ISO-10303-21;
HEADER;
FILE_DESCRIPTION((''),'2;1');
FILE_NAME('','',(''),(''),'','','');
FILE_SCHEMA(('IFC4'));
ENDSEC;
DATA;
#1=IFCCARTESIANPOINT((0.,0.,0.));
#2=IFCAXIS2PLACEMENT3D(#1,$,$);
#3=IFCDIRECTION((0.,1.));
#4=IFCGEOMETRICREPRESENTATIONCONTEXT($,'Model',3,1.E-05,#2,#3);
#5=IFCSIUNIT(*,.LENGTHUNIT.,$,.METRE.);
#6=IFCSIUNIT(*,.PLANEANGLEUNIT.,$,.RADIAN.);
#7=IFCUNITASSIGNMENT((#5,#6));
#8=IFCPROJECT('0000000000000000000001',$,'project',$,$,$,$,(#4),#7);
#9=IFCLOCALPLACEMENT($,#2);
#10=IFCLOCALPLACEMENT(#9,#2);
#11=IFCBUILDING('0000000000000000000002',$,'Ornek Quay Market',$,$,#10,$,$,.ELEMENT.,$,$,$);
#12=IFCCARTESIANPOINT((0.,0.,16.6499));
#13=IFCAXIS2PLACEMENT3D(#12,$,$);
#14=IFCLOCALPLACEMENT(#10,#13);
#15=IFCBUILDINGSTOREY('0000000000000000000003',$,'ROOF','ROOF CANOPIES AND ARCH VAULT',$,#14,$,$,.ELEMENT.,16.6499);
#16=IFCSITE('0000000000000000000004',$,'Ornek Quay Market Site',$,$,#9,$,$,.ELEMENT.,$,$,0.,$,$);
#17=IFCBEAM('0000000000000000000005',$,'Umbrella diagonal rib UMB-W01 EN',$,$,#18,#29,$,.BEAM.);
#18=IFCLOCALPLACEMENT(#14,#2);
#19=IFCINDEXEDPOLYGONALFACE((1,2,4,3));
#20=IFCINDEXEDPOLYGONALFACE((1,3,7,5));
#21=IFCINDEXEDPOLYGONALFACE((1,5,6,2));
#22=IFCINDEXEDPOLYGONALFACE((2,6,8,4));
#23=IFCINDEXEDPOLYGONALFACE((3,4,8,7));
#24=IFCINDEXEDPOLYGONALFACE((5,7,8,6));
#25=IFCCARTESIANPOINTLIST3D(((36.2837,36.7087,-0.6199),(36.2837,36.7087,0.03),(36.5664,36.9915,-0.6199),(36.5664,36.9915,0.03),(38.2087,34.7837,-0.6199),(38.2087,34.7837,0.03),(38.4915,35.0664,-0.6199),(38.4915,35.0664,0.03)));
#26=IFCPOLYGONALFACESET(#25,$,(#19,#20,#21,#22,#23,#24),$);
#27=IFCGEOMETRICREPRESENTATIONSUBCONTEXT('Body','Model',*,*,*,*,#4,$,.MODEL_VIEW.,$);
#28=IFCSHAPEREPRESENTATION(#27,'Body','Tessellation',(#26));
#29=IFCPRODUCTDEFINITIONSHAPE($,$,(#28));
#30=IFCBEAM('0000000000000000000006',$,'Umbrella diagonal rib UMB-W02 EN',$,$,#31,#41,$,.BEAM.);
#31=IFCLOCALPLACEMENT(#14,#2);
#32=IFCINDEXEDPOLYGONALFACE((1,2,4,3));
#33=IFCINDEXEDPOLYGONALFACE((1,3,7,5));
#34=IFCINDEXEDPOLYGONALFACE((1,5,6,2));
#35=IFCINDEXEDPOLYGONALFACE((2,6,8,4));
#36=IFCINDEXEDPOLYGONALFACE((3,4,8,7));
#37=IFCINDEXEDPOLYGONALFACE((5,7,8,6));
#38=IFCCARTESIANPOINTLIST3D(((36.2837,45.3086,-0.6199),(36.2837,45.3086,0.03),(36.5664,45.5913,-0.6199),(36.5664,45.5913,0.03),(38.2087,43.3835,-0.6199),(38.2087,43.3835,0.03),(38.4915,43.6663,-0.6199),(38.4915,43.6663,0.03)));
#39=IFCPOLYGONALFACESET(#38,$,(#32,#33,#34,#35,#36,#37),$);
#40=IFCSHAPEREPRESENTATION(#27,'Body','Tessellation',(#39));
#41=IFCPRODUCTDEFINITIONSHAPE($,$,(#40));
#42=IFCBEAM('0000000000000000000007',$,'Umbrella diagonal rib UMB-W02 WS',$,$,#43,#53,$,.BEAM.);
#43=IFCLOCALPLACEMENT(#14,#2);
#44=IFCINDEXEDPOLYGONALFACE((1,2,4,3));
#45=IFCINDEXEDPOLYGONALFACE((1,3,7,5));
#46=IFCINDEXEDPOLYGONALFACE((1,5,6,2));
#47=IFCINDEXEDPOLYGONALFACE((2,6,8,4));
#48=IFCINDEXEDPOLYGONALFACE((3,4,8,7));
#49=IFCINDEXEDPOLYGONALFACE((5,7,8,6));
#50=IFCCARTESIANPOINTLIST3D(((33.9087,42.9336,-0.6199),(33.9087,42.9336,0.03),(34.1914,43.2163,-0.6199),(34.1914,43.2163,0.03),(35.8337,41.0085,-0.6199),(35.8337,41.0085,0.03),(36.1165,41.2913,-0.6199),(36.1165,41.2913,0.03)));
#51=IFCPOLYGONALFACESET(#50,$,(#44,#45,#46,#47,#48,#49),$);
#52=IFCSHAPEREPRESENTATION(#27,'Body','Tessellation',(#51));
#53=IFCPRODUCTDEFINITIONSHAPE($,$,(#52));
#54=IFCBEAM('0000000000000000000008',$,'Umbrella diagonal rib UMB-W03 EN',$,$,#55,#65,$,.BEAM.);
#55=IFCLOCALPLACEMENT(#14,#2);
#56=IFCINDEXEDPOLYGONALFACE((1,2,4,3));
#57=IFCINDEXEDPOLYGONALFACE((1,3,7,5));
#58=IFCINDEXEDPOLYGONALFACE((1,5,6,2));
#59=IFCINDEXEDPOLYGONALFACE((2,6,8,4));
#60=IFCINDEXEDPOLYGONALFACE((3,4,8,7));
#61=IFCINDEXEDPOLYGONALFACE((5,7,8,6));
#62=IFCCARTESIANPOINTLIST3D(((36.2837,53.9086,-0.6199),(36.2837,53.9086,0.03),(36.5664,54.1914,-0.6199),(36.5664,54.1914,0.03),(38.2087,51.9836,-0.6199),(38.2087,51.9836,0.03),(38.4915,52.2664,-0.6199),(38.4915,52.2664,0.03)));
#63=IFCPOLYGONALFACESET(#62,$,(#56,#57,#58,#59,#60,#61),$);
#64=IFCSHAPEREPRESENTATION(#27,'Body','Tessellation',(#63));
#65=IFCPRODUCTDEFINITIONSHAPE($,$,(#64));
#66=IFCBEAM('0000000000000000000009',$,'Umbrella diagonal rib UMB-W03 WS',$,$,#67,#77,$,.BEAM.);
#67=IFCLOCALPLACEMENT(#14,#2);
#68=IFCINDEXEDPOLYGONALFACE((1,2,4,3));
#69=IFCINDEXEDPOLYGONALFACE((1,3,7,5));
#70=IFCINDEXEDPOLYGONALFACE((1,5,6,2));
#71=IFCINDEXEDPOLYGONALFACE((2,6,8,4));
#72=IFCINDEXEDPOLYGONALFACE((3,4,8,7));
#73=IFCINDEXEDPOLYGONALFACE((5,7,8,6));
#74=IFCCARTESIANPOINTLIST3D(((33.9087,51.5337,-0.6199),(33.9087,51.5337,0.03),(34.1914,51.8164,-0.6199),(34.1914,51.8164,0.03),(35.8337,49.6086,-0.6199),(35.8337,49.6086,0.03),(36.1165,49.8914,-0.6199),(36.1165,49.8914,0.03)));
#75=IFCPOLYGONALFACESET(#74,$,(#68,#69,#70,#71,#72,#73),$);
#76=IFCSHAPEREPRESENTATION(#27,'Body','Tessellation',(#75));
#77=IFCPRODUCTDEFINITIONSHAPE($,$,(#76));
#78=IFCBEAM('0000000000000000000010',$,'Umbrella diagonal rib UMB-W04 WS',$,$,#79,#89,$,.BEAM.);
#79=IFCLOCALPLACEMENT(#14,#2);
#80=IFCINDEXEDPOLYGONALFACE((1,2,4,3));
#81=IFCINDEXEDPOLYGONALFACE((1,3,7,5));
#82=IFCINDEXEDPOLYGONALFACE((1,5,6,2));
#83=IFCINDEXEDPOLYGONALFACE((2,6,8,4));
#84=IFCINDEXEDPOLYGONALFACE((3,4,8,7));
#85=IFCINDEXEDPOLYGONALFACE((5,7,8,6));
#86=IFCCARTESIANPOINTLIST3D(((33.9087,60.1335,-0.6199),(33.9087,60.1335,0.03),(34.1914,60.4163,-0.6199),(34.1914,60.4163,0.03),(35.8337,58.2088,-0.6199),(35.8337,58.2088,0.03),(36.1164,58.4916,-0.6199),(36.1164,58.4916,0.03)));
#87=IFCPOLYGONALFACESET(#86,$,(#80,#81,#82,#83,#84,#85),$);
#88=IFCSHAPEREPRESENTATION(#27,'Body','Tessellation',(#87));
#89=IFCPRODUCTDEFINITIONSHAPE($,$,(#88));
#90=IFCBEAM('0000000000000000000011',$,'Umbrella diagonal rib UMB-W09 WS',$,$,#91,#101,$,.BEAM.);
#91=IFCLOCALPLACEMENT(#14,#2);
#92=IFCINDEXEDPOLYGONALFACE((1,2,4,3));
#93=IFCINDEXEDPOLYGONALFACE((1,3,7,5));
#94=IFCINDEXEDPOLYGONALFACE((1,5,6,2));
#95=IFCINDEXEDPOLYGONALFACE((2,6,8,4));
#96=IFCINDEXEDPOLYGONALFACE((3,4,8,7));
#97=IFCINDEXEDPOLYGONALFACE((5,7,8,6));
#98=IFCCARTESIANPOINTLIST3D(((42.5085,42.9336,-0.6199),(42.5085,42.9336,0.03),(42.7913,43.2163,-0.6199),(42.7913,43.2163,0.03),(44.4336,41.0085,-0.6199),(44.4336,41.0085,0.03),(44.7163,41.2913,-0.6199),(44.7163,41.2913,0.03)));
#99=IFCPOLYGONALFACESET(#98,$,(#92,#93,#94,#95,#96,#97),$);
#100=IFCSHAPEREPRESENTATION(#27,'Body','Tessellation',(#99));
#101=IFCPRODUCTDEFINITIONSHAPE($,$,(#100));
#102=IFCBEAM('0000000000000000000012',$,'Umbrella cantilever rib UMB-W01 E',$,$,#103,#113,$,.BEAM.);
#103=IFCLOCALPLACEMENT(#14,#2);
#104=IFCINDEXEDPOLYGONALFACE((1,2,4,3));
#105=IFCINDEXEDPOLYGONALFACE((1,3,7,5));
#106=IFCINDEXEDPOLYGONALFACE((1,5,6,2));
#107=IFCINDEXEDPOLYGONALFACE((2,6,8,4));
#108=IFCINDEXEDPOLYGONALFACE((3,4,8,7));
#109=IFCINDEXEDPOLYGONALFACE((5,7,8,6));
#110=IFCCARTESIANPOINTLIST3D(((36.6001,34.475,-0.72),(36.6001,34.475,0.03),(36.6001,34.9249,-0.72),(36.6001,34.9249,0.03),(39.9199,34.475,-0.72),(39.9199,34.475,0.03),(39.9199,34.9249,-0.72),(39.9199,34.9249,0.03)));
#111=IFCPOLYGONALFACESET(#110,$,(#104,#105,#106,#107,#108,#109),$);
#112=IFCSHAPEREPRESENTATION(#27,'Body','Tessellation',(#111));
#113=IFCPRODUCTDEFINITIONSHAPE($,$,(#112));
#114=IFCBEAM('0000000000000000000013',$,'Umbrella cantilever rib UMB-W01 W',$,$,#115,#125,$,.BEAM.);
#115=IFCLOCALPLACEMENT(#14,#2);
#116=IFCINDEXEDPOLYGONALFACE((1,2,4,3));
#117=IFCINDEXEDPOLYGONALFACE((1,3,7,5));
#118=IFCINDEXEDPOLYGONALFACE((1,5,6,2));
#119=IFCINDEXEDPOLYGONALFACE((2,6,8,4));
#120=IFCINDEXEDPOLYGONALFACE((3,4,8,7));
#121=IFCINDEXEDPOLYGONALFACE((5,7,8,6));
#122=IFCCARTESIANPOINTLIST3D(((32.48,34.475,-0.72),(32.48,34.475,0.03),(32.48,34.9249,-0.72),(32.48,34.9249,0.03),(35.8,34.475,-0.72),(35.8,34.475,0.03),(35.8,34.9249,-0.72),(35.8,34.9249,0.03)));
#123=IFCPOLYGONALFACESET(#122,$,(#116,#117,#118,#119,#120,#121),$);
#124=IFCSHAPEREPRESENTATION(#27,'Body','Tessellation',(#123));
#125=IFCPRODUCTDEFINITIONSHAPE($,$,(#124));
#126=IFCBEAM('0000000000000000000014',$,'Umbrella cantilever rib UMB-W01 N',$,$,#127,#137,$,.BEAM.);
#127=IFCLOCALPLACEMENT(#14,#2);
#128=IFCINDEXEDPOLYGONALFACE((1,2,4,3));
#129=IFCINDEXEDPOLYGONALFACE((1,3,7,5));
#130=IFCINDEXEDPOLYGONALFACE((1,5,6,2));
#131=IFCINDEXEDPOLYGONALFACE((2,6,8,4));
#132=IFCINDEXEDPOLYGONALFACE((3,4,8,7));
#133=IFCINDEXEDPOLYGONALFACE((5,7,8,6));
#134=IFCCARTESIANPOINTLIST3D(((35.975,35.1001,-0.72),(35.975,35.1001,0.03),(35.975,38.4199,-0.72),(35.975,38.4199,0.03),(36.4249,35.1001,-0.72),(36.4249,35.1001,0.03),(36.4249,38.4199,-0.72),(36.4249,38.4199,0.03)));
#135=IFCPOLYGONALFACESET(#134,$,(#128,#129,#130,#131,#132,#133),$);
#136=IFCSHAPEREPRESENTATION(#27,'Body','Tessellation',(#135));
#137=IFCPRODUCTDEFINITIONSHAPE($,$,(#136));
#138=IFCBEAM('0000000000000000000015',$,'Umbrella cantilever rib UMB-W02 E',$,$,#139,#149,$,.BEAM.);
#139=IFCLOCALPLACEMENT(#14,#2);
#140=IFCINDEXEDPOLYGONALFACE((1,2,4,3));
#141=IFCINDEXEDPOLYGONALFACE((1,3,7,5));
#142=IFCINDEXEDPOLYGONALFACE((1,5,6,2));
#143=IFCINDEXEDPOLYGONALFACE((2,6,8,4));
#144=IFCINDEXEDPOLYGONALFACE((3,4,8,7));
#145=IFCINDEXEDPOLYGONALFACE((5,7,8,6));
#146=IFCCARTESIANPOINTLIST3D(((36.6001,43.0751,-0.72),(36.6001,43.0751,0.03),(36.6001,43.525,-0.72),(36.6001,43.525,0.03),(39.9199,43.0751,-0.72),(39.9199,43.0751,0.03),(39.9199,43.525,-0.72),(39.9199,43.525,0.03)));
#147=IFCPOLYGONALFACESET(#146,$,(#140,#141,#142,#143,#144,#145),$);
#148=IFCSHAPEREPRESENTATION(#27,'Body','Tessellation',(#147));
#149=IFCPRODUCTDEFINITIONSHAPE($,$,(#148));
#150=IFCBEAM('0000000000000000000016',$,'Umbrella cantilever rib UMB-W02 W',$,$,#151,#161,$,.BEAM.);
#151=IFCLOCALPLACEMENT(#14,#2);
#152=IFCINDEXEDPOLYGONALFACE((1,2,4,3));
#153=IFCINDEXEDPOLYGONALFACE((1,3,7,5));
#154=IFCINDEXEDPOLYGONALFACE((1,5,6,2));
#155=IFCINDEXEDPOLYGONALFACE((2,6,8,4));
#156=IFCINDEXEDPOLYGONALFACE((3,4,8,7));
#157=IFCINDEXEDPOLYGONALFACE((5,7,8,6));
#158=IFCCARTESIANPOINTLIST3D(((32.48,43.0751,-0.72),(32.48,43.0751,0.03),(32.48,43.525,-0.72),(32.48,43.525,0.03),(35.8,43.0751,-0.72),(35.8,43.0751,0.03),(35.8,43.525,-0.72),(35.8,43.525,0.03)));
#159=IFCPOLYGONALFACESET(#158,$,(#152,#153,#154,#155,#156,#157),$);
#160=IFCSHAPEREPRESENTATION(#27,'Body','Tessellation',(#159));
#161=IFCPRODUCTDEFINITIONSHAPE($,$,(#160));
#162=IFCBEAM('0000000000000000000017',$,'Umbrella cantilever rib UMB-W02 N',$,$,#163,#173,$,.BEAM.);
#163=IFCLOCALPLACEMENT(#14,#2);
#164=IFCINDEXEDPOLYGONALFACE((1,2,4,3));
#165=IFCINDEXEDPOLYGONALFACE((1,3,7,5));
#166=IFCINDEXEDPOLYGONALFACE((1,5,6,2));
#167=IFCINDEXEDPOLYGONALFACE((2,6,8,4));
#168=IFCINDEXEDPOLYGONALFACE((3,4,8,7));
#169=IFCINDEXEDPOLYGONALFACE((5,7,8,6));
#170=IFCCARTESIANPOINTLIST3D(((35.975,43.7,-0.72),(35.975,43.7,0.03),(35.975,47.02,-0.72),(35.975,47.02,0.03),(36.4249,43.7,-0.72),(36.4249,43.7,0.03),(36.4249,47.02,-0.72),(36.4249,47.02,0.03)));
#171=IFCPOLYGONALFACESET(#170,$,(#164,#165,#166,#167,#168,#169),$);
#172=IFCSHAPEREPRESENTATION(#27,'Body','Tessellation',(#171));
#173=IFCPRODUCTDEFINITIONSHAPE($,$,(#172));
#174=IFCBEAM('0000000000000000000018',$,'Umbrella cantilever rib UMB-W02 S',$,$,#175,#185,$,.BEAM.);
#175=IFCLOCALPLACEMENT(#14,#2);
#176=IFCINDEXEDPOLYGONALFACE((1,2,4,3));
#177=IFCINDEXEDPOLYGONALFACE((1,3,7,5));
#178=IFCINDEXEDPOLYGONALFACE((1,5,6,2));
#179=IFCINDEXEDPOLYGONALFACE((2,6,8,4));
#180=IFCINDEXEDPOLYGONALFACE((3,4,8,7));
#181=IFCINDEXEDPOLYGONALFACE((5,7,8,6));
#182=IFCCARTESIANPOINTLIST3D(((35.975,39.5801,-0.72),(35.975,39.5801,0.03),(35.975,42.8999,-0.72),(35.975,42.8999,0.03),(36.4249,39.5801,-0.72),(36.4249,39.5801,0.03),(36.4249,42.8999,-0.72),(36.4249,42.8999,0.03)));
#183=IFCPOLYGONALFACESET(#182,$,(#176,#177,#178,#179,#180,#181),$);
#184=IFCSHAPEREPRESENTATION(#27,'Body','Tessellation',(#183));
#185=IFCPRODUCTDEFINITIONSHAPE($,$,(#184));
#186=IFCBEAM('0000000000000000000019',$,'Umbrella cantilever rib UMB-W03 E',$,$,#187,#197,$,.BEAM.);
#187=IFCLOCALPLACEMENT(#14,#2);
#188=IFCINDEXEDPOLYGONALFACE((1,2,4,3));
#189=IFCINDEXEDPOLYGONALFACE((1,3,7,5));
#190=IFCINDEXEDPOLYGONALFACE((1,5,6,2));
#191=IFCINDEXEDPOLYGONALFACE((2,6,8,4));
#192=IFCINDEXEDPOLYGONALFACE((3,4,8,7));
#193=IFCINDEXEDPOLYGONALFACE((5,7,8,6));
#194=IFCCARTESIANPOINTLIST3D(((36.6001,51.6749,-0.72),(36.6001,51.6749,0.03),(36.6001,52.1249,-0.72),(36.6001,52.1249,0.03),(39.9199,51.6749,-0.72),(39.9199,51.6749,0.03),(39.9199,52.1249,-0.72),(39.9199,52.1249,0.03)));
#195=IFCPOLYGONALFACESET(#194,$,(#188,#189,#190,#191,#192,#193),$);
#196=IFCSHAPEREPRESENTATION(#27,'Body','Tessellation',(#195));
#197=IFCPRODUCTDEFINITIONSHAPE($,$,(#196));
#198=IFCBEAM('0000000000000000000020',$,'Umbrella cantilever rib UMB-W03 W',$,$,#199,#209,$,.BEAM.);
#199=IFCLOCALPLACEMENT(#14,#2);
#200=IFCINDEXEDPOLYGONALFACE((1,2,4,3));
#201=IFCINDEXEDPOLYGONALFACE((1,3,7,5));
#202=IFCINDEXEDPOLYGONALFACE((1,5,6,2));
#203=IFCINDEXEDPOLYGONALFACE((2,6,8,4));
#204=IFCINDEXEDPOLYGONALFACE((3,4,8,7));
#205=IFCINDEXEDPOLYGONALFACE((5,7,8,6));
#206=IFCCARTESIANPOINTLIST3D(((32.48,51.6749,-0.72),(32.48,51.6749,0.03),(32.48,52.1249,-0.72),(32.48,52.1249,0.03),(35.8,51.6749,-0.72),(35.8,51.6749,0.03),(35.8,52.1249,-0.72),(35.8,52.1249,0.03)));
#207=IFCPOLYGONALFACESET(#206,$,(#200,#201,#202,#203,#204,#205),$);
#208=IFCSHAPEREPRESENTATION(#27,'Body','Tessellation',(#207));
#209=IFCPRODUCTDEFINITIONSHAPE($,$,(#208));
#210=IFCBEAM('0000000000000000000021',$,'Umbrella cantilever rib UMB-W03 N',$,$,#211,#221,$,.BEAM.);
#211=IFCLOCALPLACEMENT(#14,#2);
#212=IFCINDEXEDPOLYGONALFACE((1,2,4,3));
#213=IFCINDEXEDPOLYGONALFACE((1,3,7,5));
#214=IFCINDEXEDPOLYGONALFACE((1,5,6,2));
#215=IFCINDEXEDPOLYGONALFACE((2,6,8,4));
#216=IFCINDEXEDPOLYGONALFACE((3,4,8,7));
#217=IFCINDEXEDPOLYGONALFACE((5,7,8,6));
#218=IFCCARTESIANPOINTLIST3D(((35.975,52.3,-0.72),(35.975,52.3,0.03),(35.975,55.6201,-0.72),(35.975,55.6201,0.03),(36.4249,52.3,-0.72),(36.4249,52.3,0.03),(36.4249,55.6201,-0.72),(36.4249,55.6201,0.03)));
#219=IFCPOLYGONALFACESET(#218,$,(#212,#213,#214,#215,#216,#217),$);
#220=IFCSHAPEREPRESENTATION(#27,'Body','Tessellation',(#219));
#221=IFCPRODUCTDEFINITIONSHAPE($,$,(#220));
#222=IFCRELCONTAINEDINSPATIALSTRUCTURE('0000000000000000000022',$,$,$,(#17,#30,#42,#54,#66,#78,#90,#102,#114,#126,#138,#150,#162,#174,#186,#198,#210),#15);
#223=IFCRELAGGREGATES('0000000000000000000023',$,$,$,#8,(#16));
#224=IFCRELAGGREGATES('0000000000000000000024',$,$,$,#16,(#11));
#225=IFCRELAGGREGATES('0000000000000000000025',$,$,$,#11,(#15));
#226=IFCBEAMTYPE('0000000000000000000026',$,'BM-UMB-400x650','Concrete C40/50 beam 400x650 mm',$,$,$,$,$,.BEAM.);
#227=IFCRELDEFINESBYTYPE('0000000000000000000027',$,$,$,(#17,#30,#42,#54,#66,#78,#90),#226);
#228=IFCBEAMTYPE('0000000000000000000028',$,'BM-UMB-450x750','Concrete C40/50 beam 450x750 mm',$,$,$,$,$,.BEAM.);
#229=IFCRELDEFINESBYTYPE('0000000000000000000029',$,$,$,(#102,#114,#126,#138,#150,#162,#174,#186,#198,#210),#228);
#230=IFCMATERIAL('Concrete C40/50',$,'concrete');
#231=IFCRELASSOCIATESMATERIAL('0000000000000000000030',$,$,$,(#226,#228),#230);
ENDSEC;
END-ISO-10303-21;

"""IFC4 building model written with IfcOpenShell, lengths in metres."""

from ifc_helpers import new_model, si_unit, direction, frame, origin, origin_2d, place, context, subcontext, project, spatial, rectangle, extrude, material, material_profile, profile_set, type_object, element, save


model = new_model("IFC4")

# Units and contexts
model_context = context("Model", 3, precision=1e-05, world=origin(), true_north=direction((0.0, 1.0)))
body_context = subcontext(model_context, "Body", "Model", "MODEL_VIEW")
ifc_project = project(units=[si_unit("LENGTHUNIT", "METRE"), si_unit("PLANEANGLEUNIT", "RADIAN")], contexts=[model_context])

# Site, building, storey
site_placement = place(None, origin())
site = spatial("IfcSite", under=ifc_project, at=site_placement, Name="Ornek Quay Market Site", CompositionType="ELEMENT", RefElevation=0.0)
building_placement = place(site_placement, origin())
building = spatial("IfcBuilding", under=site, at=building_placement, Name="Ornek Quay Market", CompositionType="ELEMENT")
storey_placement = place(building_placement, frame((0.0, 0.0, 16.6499)))
storey = spatial("IfcBuildingStorey", under=building, at=storey_placement, Name="ROOF", Description="ROOF CANOPIES AND ARCH VAULT", CompositionType="ELEMENT", Elevation=16.6499)

# Beams
ifc_material = material(Name="Concrete C40/50", Category="concrete")
ifc_material_profile_1 = material_profile(ifc_material, rectangle(XDim=0.3999, YDim=0.6499, at=origin_2d()), Name="RC 400x650", Category="concrete")
ifc_profile_set_1 = profile_set([ifc_material_profile_1], Name="Concrete C40/50")
beam_type_1 = type_object("IfcBeamType", Name="BM-UMB-400x650", Description="Concrete C40/50 beam 400x650 mm", PredefinedType="BEAM", material=ifc_profile_set_1)
for number, where, z_axis, x_axis, name in (
    (1, (38.3501, 34.925, -0.2949), (-0.707107, 0.707107, 0.0), (-0.707107, -0.707107, 0.0), "Umbrella diagonal rib UMB-W01 EN"),
    (2, (38.3501, 43.5249, -0.2949), (-0.707107, 0.707107, 0.0), (-0.707107, -0.707107, 0.0), "Umbrella diagonal rib UMB-W02 EN"),
    (3, (34.05, 43.075, -0.2949), (0.707107, -0.707107, 0.0), (0.707107, 0.707107, 0.0), "Umbrella diagonal rib UMB-W02 WS"),
    (4, (38.3501, 52.125, -0.2949), (-0.707107, 0.707107, 0.0), (-0.707107, -0.707107, 0.0), "Umbrella diagonal rib UMB-W03 EN"),
    (5, (34.05, 51.675, -0.2949), (0.707107, -0.707107, 0.0), (0.707107, 0.707107, 0.0), "Umbrella diagonal rib UMB-W03 WS"),
):
    element("IfcBeam", number, at=place(storey_placement, frame(where, z_axis=z_axis, x_axis=x_axis)), inside=storey, type_object=beam_type_1, Name=name, PredefinedType="BEAM", context=body_context, shape_type="SweptSolid", body=[
        extrude(rectangle(XDim=0.3999, YDim=0.6499, at=origin_2d()), origin(), (0.0, 0.0, 1.0), 2.7224),
    ])
beam_1_placement = place(storey_placement, frame((34.05, 60.2749, -0.2949), z_axis=(0.707152, -0.707062, 0.0), x_axis=(0.707062, 0.707152, 0.0)))
element("IfcBeam", 6, at=beam_1_placement, inside=storey, type_object=beam_type_1, Name="Umbrella diagonal rib UMB-W04 WS", PredefinedType="BEAM", context=body_context, shape_type="SweptSolid", body=[
    extrude(rectangle(XDim=0.3999, YDim=0.6499, at=origin_2d()), origin(), (0.0, 0.0, 1.0), 2.7222),
])
beam_2_placement = place(storey_placement, frame((42.6499, 43.075, -0.2949), z_axis=(0.707107, -0.707107, 0.0), x_axis=(0.707107, 0.707107, 0.0)))
element("IfcBeam", 7, at=beam_2_placement, inside=storey, type_object=beam_type_1, Name="Umbrella diagonal rib UMB-W09 WS", PredefinedType="BEAM", context=body_context, shape_type="SweptSolid", body=[
    extrude(rectangle(XDim=0.3999, YDim=0.6499, at=origin_2d()), origin(), (0.0, 0.0, 1.0), 2.7224),
])
ifc_material_profile_2 = material_profile(ifc_material, rectangle(XDim=0.45, YDim=0.75, at=origin_2d()), Name="RC 450x750", Category="concrete")
ifc_profile_set_2 = profile_set([ifc_material_profile_2], Name="Concrete C40/50")
beam_type_2 = type_object("IfcBeamType", Name="BM-UMB-450x750", Description="Concrete C40/50 beam 450x750 mm", PredefinedType="BEAM", material=ifc_profile_set_2)
beam_3_placement = place(storey_placement, frame((36.6001, 34.7, -0.345), z_axis=(1.0, 0.0, 0.0), x_axis=(0.0, 1.0, 0.0)))
element("IfcBeam", 8, at=beam_3_placement, inside=storey, type_object=beam_type_2, Name="Umbrella cantilever rib UMB-W01 E", PredefinedType="BEAM", context=body_context, shape_type="SweptSolid", body=[
    extrude(rectangle(XDim=0.45, YDim=0.75, at=origin_2d()), origin(), (0.0, 0.0, 1.0), 3.3198),
])
beam_4_placement = place(storey_placement, frame((35.8, 34.7, -0.345), z_axis=(-1.0, 0.0, 0.0), x_axis=(0.0, -1.0, 0.0)))
element("IfcBeam", 9, at=beam_4_placement, inside=storey, type_object=beam_type_2, Name="Umbrella cantilever rib UMB-W01 W", PredefinedType="BEAM", context=body_context, shape_type="SweptSolid", body=[
    extrude(rectangle(XDim=0.45, YDim=0.75, at=origin_2d()), origin(), (0.0, 0.0, 1.0), 3.3201),
])
for number, where, z_axis, x_axis, name in (
    (10, (36.2, 35.1001, -0.345), (0.0, 1.0, 0.0), (-1.0, 0.0, 0.0), "Umbrella cantilever rib UMB-W01 N"),
    (11, (36.6001, 43.3, -0.345), (1.0, 0.0, 0.0), (0.0, 1.0, 0.0), "Umbrella cantilever rib UMB-W02 E"),
):
    element("IfcBeam", number, at=place(storey_placement, frame(where, z_axis=z_axis, x_axis=x_axis)), inside=storey, type_object=beam_type_2, Name=name, PredefinedType="BEAM", context=body_context, shape_type="SweptSolid", body=[
        extrude(rectangle(XDim=0.45, YDim=0.75, at=origin_2d()), origin(), (0.0, 0.0, 1.0), 3.3198),
    ])
for number, where, z_axis, x_axis, name in (
    (12, (35.8, 43.3, -0.345), (-1.0, 0.0, 0.0), (0.0, -1.0, 0.0), "Umbrella cantilever rib UMB-W02 W"),
    (13, (36.2, 43.7, -0.345), (0.0, 1.0, 0.0), (-1.0, 0.0, 0.0), "Umbrella cantilever rib UMB-W02 N"),
):
    element("IfcBeam", number, at=place(storey_placement, frame(where, z_axis=z_axis, x_axis=x_axis)), inside=storey, type_object=beam_type_2, Name=name, PredefinedType="BEAM", context=body_context, shape_type="SweptSolid", body=[
        extrude(rectangle(XDim=0.45, YDim=0.75, at=origin_2d()), origin(), (0.0, 0.0, 1.0), 3.3201),
    ])
for number, where, z_axis, x_axis, name in (
    (14, (36.2, 42.8999, -0.345), (0.0, -1.0, 0.0), (1.0, 0.0, 0.0), "Umbrella cantilever rib UMB-W02 S"),
    (15, (36.6001, 51.8999, -0.345), (1.0, 0.0, 0.0), (0.0, 1.0, 0.0), "Umbrella cantilever rib UMB-W03 E"),
):
    element("IfcBeam", number, at=place(storey_placement, frame(where, z_axis=z_axis, x_axis=x_axis)), inside=storey, type_object=beam_type_2, Name=name, PredefinedType="BEAM", context=body_context, shape_type="SweptSolid", body=[
        extrude(rectangle(XDim=0.45, YDim=0.75, at=origin_2d()), origin(), (0.0, 0.0, 1.0), 3.3198),
    ])
for number, where, z_axis, x_axis, name in (
    (16, (35.8, 51.8999, -0.345), (-1.0, 0.0, 0.0), (0.0, -1.0, 0.0), "Umbrella cantilever rib UMB-W03 W"),
    (17, (36.2, 52.3, -0.345), (0.0, 1.0, 0.0), (-1.0, 0.0, 0.0), "Umbrella cantilever rib UMB-W03 N"),
):
    element("IfcBeam", number, at=place(storey_placement, frame(where, z_axis=z_axis, x_axis=x_axis)), inside=storey, type_object=beam_type_2, Name=name, PredefinedType="BEAM", context=body_context, shape_type="SweptSolid", body=[
        extrude(rectangle(XDim=0.45, YDim=0.75, at=origin_2d()), origin(), (0.0, 0.0, 1.0), 3.3201),
    ])

save(model, "model.ifc")
